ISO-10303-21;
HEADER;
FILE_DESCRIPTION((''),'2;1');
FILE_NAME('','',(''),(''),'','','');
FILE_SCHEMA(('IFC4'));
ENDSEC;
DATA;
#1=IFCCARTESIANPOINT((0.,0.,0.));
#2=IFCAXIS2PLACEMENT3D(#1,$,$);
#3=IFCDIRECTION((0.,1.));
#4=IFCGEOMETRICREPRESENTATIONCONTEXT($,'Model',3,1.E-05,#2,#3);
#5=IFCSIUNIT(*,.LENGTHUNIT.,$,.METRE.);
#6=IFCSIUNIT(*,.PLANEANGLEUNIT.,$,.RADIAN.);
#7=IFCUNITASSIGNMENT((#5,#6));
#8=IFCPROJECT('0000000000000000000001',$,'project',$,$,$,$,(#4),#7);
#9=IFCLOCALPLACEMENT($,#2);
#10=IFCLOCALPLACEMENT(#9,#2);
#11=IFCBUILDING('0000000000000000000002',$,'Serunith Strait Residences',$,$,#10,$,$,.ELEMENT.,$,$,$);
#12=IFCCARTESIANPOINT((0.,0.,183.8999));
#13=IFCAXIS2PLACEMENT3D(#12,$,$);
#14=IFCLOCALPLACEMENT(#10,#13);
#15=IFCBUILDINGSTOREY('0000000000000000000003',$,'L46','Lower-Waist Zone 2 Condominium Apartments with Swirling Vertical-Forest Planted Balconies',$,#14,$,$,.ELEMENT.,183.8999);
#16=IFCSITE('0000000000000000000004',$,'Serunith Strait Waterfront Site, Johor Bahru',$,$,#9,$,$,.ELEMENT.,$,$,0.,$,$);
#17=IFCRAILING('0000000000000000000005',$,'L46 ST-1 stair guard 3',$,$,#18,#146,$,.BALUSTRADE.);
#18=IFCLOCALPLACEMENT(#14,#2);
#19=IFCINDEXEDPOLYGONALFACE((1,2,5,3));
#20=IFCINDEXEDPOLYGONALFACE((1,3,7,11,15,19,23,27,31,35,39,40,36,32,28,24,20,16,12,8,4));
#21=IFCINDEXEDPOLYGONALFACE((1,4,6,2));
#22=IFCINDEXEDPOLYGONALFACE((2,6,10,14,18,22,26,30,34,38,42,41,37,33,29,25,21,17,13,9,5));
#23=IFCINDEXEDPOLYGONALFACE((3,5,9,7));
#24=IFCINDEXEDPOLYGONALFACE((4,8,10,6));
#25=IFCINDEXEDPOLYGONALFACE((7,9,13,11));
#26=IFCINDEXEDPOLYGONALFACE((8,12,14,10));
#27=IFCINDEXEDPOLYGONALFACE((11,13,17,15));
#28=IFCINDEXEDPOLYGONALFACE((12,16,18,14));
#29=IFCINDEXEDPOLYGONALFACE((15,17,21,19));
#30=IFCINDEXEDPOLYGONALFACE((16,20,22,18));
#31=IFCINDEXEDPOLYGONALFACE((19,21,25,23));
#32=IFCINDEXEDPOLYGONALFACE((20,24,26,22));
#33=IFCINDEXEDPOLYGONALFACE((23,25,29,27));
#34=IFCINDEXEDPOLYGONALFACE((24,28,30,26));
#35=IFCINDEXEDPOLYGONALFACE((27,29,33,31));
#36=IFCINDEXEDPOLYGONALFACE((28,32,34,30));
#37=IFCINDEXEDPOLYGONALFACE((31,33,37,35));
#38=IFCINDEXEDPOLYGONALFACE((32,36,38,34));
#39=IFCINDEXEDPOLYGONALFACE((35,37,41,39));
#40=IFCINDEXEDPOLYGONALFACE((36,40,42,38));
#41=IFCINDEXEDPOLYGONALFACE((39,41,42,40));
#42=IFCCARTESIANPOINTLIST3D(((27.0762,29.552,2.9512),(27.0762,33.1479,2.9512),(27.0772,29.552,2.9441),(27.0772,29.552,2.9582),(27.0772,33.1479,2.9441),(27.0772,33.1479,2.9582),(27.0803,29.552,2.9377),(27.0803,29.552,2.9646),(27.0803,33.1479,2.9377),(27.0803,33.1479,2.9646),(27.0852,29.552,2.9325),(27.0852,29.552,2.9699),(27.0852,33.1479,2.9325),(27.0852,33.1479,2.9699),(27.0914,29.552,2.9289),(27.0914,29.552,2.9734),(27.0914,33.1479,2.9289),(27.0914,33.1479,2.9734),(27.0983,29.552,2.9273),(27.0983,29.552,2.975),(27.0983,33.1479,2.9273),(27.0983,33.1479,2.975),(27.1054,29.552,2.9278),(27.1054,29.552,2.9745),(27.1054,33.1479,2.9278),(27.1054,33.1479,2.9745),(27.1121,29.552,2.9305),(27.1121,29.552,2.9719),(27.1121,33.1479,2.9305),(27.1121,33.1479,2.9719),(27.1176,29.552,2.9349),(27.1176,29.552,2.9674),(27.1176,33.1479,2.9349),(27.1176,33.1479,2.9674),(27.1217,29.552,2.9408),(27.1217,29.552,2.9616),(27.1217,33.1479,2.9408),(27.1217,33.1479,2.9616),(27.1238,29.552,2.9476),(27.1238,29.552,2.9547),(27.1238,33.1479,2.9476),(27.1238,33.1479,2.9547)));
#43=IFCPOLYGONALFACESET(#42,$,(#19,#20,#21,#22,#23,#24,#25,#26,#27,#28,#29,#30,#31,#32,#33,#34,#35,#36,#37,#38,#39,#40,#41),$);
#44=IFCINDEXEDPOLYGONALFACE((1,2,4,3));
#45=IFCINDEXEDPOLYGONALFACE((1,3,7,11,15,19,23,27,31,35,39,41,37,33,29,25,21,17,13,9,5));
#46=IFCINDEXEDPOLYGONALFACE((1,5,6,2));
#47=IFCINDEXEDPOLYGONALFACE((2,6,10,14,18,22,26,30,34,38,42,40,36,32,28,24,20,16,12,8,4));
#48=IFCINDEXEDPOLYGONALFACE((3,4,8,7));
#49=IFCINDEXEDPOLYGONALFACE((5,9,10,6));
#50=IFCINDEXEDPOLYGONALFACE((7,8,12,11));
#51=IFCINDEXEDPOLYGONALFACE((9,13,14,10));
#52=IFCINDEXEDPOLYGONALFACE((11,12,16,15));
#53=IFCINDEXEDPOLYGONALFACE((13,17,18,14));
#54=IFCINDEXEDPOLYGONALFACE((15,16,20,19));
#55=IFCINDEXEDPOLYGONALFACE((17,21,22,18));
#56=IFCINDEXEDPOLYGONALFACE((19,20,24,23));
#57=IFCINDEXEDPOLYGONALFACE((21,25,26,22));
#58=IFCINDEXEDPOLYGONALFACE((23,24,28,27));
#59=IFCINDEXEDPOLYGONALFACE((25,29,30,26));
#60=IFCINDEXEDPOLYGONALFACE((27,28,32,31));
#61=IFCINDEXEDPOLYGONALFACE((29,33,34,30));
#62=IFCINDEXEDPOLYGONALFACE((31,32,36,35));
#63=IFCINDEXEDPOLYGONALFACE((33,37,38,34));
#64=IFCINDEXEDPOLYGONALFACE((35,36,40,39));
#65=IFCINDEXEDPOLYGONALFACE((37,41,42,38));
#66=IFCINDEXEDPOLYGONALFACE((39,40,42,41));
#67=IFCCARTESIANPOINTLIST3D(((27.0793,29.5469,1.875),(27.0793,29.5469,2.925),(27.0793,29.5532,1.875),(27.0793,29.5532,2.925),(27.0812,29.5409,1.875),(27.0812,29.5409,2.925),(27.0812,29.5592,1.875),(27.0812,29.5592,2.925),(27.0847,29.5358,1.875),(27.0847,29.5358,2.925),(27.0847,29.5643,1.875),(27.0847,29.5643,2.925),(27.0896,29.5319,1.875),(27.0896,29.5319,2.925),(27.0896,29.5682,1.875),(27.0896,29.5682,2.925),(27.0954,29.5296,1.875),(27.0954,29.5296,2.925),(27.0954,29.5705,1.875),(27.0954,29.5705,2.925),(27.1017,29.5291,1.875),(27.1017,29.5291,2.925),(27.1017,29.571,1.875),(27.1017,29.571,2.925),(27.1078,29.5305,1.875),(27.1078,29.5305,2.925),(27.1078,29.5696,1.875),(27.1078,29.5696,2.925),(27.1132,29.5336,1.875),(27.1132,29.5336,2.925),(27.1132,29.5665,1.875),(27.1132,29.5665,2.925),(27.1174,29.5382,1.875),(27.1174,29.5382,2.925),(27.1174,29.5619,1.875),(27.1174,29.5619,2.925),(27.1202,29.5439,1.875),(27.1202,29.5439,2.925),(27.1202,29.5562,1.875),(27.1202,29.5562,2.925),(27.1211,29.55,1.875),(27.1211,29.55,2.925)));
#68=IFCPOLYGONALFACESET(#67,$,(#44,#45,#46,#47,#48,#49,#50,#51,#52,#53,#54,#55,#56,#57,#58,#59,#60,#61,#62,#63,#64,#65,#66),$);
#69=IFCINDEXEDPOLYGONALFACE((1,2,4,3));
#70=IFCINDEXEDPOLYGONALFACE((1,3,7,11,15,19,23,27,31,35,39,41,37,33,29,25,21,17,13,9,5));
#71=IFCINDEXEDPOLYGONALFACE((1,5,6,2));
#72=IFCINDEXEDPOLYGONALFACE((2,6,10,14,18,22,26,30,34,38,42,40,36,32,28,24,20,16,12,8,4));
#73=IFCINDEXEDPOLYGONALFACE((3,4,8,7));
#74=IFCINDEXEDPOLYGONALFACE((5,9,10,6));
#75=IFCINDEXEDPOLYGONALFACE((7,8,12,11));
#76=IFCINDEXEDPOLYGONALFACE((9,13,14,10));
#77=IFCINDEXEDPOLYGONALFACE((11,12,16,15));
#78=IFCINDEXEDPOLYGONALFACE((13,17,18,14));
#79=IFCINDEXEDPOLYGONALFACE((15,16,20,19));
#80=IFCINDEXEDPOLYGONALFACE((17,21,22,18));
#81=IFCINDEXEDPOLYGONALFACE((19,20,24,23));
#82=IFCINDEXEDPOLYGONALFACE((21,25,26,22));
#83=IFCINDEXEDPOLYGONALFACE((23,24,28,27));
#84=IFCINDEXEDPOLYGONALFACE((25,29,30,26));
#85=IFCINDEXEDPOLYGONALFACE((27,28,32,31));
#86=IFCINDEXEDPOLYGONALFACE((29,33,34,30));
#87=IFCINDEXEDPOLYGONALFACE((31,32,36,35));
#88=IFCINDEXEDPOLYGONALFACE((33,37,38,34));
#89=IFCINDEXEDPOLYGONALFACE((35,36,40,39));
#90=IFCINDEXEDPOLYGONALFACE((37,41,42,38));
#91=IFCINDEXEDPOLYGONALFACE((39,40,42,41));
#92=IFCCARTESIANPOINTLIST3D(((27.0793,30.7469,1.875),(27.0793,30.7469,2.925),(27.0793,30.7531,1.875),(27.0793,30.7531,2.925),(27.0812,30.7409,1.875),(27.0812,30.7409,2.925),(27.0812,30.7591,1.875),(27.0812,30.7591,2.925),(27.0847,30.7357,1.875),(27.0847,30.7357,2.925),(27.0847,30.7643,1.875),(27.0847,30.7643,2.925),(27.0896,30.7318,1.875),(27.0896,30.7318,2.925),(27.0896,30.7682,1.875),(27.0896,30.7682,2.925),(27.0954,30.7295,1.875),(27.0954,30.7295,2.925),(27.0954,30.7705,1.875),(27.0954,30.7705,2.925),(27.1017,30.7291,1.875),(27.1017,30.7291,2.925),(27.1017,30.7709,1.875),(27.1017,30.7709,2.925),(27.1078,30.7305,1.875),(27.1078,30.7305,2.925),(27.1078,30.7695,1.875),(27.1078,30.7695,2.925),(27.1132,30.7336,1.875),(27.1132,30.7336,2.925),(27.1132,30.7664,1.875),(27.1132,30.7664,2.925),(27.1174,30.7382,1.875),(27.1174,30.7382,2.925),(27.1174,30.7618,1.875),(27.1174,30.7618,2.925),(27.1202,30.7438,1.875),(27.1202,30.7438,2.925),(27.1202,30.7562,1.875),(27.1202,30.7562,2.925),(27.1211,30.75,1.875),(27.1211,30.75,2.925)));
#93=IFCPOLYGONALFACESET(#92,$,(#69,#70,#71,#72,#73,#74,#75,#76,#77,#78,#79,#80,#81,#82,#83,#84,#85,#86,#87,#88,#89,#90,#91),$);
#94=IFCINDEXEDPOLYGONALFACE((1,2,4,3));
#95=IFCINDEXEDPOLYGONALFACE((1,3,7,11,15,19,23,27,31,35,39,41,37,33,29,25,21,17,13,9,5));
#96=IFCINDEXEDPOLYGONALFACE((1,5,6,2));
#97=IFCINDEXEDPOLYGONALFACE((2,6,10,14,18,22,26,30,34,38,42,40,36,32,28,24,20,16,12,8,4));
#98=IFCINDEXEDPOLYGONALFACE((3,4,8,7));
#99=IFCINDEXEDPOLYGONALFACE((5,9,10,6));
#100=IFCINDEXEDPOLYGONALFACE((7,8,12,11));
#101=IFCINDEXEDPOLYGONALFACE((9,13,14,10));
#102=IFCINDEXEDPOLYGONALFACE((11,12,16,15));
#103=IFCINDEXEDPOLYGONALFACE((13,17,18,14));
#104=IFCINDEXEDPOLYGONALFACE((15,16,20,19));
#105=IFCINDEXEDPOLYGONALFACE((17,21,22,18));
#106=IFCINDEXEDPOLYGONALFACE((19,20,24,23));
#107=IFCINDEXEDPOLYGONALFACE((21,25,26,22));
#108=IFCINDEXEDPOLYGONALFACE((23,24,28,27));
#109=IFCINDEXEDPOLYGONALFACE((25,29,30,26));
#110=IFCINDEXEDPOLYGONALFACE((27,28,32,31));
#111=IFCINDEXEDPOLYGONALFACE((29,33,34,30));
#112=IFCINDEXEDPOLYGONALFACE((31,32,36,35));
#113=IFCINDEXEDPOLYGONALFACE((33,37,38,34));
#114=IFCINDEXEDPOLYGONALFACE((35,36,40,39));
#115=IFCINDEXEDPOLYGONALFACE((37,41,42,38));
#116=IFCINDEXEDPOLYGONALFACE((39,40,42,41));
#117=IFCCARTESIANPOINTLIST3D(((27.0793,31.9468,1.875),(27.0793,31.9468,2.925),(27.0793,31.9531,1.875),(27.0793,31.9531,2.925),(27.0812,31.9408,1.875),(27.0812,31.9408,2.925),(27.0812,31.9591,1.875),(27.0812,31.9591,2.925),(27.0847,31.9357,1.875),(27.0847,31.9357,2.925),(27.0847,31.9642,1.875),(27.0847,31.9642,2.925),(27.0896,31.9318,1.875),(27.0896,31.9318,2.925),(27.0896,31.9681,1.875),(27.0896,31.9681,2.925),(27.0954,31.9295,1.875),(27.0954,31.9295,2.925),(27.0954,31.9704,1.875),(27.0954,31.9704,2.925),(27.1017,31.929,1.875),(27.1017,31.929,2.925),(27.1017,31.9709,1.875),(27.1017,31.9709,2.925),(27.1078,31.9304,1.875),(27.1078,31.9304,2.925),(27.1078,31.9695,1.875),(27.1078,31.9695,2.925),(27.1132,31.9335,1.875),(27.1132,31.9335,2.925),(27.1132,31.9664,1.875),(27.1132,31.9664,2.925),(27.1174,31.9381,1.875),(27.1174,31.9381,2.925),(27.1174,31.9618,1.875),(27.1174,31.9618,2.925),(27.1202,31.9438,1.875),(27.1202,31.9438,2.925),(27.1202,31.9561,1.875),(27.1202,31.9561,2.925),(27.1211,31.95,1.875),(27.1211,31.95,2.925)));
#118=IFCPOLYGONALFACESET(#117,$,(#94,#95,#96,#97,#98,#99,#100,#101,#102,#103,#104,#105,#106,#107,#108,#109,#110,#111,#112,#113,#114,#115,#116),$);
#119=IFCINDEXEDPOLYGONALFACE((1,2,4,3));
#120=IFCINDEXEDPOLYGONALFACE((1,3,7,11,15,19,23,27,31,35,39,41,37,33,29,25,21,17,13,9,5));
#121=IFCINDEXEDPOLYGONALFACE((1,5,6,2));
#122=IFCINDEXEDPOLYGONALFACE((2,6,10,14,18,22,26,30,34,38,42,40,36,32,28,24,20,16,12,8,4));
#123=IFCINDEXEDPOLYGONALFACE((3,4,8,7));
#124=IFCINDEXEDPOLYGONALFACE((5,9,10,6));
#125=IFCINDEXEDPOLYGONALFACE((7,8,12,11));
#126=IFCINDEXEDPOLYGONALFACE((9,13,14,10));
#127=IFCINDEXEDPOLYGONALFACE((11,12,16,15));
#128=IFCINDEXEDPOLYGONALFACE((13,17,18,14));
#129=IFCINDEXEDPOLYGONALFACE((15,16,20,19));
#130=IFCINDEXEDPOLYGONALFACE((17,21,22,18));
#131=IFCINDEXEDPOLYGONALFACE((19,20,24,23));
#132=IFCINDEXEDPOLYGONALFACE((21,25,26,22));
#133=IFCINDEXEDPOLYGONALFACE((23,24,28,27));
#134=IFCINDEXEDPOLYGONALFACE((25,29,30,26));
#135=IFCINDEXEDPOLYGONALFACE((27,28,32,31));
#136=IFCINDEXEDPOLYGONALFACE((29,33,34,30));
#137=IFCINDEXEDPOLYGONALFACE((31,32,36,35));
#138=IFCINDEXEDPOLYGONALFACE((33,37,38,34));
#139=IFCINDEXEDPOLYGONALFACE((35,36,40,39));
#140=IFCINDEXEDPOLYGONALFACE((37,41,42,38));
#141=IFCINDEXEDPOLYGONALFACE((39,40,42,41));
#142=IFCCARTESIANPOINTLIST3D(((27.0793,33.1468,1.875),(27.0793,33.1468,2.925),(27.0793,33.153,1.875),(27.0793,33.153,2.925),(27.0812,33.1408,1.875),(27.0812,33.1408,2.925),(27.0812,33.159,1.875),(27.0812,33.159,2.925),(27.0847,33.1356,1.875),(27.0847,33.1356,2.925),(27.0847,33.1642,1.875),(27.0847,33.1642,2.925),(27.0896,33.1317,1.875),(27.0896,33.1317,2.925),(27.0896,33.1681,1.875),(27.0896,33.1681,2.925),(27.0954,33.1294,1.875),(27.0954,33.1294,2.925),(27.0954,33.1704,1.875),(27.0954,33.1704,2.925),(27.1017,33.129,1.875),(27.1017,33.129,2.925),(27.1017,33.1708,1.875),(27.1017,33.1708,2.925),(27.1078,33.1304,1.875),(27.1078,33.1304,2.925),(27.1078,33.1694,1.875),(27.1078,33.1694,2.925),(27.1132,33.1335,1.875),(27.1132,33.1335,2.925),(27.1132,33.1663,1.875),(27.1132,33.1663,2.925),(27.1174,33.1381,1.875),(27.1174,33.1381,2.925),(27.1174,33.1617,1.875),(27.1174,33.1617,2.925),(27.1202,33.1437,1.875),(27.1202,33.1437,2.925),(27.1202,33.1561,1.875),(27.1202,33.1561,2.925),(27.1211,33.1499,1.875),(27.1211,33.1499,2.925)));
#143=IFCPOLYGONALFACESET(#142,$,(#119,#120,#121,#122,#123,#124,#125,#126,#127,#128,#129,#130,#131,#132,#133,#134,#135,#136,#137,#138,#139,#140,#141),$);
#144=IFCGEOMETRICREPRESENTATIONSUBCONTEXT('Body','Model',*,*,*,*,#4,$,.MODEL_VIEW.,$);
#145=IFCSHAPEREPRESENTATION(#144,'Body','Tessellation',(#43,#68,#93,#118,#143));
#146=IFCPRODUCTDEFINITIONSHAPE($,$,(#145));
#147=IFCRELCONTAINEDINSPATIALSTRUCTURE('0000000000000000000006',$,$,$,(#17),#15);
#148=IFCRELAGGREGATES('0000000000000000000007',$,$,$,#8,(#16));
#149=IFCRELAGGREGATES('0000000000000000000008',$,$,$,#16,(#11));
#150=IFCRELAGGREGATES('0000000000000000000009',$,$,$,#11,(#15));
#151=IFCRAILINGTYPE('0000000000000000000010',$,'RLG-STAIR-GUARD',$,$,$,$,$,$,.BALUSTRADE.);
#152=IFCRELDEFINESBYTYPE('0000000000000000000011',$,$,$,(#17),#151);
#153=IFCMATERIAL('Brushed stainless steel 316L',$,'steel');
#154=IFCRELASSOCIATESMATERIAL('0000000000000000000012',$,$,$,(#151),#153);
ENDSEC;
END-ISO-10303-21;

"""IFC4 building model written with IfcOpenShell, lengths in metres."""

from ifc_helpers import new_model, si_unit, direction, frame, origin, origin_2d, place, context, subcontext, project, spatial, circle, extrude, material, type_object, element, save


model = new_model("IFC4")

# Units and contexts
model_context = context("Model", 3, precision=1e-05, world=origin(), true_north=direction((0.0, 1.0)))
body_context = subcontext(model_context, "Body", "Model", "MODEL_VIEW")
ifc_project = project(units=[si_unit("LENGTHUNIT", "METRE"), si_unit("PLANEANGLEUNIT", "RADIAN")], contexts=[model_context])

# Site, building, storey
site_placement = place(None, origin())
site = spatial("IfcSite", under=ifc_project, at=site_placement, Name="Serunith Strait Waterfront Site, Johor Bahru", CompositionType="ELEMENT", RefElevation=0.0)
building_placement = place(site_placement, origin())
building = spatial("IfcBuilding", under=site, at=building_placement, Name="Serunith Strait Residences", CompositionType="ELEMENT")
storey_placement = place(building_placement, frame((0.0, 0.0, 183.8999)))
storey = spatial("IfcBuildingStorey", under=building, at=storey_placement, Name="L46", Description="Lower-Waist Zone 2 Condominium Apartments with Swirling Vertical-Forest Planted Balconies", CompositionType="ELEMENT", Elevation=183.8999)

# Railing
ifc_material_1 = material(Name="Brushed stainless steel 316L", Category="steel")
railing_type_1 = type_object("IfcRailingType", Name="RLG-STAIR-GUARD", PredefinedType="BALUSTRADE", material=ifc_material_1)
for number, where, name in (
    (1, (27.1001, 29.55, 1.875), "L46 ST-1 stair guard 3"),
):
    element("IfcRailing", number, at=place(storey_placement, frame(where)), inside=storey, type_object=railing_type_1, Name=name, PredefinedType="BALUSTRADE", context=body_context, shape_type="SweptSolid", body=[
        extrude(circle(Radius=0.0239, at=origin_2d()), frame((0.0, 0.002, 1.0762), z_axis=(0.0, 1.0, 0.0), x_axis=(-1.0, 0.0, 0.0)), (0.0, 0.0, 1.0), 3.5959),
        extrude(circle(Radius=0.021, at=origin_2d()), origin(), (0.0, 0.0, 1.0), 1.05),
        extrude(circle(Radius=0.021, at=origin_2d()), frame((0.0, 1.2, 0.0)), (0.0, 0.0, 1.0), 1.05),
        extrude(circle(Radius=0.021, at=origin_2d()), frame((0.0, 2.3999, 0.0)), (0.0, 0.0, 1.0), 1.05),
        extrude(circle(Radius=0.021, at=origin_2d()), frame((0.0, 3.5999, 0.0)), (0.0, 0.0, 1.0), 1.05),
    ])

save(model, "model.ifc")
